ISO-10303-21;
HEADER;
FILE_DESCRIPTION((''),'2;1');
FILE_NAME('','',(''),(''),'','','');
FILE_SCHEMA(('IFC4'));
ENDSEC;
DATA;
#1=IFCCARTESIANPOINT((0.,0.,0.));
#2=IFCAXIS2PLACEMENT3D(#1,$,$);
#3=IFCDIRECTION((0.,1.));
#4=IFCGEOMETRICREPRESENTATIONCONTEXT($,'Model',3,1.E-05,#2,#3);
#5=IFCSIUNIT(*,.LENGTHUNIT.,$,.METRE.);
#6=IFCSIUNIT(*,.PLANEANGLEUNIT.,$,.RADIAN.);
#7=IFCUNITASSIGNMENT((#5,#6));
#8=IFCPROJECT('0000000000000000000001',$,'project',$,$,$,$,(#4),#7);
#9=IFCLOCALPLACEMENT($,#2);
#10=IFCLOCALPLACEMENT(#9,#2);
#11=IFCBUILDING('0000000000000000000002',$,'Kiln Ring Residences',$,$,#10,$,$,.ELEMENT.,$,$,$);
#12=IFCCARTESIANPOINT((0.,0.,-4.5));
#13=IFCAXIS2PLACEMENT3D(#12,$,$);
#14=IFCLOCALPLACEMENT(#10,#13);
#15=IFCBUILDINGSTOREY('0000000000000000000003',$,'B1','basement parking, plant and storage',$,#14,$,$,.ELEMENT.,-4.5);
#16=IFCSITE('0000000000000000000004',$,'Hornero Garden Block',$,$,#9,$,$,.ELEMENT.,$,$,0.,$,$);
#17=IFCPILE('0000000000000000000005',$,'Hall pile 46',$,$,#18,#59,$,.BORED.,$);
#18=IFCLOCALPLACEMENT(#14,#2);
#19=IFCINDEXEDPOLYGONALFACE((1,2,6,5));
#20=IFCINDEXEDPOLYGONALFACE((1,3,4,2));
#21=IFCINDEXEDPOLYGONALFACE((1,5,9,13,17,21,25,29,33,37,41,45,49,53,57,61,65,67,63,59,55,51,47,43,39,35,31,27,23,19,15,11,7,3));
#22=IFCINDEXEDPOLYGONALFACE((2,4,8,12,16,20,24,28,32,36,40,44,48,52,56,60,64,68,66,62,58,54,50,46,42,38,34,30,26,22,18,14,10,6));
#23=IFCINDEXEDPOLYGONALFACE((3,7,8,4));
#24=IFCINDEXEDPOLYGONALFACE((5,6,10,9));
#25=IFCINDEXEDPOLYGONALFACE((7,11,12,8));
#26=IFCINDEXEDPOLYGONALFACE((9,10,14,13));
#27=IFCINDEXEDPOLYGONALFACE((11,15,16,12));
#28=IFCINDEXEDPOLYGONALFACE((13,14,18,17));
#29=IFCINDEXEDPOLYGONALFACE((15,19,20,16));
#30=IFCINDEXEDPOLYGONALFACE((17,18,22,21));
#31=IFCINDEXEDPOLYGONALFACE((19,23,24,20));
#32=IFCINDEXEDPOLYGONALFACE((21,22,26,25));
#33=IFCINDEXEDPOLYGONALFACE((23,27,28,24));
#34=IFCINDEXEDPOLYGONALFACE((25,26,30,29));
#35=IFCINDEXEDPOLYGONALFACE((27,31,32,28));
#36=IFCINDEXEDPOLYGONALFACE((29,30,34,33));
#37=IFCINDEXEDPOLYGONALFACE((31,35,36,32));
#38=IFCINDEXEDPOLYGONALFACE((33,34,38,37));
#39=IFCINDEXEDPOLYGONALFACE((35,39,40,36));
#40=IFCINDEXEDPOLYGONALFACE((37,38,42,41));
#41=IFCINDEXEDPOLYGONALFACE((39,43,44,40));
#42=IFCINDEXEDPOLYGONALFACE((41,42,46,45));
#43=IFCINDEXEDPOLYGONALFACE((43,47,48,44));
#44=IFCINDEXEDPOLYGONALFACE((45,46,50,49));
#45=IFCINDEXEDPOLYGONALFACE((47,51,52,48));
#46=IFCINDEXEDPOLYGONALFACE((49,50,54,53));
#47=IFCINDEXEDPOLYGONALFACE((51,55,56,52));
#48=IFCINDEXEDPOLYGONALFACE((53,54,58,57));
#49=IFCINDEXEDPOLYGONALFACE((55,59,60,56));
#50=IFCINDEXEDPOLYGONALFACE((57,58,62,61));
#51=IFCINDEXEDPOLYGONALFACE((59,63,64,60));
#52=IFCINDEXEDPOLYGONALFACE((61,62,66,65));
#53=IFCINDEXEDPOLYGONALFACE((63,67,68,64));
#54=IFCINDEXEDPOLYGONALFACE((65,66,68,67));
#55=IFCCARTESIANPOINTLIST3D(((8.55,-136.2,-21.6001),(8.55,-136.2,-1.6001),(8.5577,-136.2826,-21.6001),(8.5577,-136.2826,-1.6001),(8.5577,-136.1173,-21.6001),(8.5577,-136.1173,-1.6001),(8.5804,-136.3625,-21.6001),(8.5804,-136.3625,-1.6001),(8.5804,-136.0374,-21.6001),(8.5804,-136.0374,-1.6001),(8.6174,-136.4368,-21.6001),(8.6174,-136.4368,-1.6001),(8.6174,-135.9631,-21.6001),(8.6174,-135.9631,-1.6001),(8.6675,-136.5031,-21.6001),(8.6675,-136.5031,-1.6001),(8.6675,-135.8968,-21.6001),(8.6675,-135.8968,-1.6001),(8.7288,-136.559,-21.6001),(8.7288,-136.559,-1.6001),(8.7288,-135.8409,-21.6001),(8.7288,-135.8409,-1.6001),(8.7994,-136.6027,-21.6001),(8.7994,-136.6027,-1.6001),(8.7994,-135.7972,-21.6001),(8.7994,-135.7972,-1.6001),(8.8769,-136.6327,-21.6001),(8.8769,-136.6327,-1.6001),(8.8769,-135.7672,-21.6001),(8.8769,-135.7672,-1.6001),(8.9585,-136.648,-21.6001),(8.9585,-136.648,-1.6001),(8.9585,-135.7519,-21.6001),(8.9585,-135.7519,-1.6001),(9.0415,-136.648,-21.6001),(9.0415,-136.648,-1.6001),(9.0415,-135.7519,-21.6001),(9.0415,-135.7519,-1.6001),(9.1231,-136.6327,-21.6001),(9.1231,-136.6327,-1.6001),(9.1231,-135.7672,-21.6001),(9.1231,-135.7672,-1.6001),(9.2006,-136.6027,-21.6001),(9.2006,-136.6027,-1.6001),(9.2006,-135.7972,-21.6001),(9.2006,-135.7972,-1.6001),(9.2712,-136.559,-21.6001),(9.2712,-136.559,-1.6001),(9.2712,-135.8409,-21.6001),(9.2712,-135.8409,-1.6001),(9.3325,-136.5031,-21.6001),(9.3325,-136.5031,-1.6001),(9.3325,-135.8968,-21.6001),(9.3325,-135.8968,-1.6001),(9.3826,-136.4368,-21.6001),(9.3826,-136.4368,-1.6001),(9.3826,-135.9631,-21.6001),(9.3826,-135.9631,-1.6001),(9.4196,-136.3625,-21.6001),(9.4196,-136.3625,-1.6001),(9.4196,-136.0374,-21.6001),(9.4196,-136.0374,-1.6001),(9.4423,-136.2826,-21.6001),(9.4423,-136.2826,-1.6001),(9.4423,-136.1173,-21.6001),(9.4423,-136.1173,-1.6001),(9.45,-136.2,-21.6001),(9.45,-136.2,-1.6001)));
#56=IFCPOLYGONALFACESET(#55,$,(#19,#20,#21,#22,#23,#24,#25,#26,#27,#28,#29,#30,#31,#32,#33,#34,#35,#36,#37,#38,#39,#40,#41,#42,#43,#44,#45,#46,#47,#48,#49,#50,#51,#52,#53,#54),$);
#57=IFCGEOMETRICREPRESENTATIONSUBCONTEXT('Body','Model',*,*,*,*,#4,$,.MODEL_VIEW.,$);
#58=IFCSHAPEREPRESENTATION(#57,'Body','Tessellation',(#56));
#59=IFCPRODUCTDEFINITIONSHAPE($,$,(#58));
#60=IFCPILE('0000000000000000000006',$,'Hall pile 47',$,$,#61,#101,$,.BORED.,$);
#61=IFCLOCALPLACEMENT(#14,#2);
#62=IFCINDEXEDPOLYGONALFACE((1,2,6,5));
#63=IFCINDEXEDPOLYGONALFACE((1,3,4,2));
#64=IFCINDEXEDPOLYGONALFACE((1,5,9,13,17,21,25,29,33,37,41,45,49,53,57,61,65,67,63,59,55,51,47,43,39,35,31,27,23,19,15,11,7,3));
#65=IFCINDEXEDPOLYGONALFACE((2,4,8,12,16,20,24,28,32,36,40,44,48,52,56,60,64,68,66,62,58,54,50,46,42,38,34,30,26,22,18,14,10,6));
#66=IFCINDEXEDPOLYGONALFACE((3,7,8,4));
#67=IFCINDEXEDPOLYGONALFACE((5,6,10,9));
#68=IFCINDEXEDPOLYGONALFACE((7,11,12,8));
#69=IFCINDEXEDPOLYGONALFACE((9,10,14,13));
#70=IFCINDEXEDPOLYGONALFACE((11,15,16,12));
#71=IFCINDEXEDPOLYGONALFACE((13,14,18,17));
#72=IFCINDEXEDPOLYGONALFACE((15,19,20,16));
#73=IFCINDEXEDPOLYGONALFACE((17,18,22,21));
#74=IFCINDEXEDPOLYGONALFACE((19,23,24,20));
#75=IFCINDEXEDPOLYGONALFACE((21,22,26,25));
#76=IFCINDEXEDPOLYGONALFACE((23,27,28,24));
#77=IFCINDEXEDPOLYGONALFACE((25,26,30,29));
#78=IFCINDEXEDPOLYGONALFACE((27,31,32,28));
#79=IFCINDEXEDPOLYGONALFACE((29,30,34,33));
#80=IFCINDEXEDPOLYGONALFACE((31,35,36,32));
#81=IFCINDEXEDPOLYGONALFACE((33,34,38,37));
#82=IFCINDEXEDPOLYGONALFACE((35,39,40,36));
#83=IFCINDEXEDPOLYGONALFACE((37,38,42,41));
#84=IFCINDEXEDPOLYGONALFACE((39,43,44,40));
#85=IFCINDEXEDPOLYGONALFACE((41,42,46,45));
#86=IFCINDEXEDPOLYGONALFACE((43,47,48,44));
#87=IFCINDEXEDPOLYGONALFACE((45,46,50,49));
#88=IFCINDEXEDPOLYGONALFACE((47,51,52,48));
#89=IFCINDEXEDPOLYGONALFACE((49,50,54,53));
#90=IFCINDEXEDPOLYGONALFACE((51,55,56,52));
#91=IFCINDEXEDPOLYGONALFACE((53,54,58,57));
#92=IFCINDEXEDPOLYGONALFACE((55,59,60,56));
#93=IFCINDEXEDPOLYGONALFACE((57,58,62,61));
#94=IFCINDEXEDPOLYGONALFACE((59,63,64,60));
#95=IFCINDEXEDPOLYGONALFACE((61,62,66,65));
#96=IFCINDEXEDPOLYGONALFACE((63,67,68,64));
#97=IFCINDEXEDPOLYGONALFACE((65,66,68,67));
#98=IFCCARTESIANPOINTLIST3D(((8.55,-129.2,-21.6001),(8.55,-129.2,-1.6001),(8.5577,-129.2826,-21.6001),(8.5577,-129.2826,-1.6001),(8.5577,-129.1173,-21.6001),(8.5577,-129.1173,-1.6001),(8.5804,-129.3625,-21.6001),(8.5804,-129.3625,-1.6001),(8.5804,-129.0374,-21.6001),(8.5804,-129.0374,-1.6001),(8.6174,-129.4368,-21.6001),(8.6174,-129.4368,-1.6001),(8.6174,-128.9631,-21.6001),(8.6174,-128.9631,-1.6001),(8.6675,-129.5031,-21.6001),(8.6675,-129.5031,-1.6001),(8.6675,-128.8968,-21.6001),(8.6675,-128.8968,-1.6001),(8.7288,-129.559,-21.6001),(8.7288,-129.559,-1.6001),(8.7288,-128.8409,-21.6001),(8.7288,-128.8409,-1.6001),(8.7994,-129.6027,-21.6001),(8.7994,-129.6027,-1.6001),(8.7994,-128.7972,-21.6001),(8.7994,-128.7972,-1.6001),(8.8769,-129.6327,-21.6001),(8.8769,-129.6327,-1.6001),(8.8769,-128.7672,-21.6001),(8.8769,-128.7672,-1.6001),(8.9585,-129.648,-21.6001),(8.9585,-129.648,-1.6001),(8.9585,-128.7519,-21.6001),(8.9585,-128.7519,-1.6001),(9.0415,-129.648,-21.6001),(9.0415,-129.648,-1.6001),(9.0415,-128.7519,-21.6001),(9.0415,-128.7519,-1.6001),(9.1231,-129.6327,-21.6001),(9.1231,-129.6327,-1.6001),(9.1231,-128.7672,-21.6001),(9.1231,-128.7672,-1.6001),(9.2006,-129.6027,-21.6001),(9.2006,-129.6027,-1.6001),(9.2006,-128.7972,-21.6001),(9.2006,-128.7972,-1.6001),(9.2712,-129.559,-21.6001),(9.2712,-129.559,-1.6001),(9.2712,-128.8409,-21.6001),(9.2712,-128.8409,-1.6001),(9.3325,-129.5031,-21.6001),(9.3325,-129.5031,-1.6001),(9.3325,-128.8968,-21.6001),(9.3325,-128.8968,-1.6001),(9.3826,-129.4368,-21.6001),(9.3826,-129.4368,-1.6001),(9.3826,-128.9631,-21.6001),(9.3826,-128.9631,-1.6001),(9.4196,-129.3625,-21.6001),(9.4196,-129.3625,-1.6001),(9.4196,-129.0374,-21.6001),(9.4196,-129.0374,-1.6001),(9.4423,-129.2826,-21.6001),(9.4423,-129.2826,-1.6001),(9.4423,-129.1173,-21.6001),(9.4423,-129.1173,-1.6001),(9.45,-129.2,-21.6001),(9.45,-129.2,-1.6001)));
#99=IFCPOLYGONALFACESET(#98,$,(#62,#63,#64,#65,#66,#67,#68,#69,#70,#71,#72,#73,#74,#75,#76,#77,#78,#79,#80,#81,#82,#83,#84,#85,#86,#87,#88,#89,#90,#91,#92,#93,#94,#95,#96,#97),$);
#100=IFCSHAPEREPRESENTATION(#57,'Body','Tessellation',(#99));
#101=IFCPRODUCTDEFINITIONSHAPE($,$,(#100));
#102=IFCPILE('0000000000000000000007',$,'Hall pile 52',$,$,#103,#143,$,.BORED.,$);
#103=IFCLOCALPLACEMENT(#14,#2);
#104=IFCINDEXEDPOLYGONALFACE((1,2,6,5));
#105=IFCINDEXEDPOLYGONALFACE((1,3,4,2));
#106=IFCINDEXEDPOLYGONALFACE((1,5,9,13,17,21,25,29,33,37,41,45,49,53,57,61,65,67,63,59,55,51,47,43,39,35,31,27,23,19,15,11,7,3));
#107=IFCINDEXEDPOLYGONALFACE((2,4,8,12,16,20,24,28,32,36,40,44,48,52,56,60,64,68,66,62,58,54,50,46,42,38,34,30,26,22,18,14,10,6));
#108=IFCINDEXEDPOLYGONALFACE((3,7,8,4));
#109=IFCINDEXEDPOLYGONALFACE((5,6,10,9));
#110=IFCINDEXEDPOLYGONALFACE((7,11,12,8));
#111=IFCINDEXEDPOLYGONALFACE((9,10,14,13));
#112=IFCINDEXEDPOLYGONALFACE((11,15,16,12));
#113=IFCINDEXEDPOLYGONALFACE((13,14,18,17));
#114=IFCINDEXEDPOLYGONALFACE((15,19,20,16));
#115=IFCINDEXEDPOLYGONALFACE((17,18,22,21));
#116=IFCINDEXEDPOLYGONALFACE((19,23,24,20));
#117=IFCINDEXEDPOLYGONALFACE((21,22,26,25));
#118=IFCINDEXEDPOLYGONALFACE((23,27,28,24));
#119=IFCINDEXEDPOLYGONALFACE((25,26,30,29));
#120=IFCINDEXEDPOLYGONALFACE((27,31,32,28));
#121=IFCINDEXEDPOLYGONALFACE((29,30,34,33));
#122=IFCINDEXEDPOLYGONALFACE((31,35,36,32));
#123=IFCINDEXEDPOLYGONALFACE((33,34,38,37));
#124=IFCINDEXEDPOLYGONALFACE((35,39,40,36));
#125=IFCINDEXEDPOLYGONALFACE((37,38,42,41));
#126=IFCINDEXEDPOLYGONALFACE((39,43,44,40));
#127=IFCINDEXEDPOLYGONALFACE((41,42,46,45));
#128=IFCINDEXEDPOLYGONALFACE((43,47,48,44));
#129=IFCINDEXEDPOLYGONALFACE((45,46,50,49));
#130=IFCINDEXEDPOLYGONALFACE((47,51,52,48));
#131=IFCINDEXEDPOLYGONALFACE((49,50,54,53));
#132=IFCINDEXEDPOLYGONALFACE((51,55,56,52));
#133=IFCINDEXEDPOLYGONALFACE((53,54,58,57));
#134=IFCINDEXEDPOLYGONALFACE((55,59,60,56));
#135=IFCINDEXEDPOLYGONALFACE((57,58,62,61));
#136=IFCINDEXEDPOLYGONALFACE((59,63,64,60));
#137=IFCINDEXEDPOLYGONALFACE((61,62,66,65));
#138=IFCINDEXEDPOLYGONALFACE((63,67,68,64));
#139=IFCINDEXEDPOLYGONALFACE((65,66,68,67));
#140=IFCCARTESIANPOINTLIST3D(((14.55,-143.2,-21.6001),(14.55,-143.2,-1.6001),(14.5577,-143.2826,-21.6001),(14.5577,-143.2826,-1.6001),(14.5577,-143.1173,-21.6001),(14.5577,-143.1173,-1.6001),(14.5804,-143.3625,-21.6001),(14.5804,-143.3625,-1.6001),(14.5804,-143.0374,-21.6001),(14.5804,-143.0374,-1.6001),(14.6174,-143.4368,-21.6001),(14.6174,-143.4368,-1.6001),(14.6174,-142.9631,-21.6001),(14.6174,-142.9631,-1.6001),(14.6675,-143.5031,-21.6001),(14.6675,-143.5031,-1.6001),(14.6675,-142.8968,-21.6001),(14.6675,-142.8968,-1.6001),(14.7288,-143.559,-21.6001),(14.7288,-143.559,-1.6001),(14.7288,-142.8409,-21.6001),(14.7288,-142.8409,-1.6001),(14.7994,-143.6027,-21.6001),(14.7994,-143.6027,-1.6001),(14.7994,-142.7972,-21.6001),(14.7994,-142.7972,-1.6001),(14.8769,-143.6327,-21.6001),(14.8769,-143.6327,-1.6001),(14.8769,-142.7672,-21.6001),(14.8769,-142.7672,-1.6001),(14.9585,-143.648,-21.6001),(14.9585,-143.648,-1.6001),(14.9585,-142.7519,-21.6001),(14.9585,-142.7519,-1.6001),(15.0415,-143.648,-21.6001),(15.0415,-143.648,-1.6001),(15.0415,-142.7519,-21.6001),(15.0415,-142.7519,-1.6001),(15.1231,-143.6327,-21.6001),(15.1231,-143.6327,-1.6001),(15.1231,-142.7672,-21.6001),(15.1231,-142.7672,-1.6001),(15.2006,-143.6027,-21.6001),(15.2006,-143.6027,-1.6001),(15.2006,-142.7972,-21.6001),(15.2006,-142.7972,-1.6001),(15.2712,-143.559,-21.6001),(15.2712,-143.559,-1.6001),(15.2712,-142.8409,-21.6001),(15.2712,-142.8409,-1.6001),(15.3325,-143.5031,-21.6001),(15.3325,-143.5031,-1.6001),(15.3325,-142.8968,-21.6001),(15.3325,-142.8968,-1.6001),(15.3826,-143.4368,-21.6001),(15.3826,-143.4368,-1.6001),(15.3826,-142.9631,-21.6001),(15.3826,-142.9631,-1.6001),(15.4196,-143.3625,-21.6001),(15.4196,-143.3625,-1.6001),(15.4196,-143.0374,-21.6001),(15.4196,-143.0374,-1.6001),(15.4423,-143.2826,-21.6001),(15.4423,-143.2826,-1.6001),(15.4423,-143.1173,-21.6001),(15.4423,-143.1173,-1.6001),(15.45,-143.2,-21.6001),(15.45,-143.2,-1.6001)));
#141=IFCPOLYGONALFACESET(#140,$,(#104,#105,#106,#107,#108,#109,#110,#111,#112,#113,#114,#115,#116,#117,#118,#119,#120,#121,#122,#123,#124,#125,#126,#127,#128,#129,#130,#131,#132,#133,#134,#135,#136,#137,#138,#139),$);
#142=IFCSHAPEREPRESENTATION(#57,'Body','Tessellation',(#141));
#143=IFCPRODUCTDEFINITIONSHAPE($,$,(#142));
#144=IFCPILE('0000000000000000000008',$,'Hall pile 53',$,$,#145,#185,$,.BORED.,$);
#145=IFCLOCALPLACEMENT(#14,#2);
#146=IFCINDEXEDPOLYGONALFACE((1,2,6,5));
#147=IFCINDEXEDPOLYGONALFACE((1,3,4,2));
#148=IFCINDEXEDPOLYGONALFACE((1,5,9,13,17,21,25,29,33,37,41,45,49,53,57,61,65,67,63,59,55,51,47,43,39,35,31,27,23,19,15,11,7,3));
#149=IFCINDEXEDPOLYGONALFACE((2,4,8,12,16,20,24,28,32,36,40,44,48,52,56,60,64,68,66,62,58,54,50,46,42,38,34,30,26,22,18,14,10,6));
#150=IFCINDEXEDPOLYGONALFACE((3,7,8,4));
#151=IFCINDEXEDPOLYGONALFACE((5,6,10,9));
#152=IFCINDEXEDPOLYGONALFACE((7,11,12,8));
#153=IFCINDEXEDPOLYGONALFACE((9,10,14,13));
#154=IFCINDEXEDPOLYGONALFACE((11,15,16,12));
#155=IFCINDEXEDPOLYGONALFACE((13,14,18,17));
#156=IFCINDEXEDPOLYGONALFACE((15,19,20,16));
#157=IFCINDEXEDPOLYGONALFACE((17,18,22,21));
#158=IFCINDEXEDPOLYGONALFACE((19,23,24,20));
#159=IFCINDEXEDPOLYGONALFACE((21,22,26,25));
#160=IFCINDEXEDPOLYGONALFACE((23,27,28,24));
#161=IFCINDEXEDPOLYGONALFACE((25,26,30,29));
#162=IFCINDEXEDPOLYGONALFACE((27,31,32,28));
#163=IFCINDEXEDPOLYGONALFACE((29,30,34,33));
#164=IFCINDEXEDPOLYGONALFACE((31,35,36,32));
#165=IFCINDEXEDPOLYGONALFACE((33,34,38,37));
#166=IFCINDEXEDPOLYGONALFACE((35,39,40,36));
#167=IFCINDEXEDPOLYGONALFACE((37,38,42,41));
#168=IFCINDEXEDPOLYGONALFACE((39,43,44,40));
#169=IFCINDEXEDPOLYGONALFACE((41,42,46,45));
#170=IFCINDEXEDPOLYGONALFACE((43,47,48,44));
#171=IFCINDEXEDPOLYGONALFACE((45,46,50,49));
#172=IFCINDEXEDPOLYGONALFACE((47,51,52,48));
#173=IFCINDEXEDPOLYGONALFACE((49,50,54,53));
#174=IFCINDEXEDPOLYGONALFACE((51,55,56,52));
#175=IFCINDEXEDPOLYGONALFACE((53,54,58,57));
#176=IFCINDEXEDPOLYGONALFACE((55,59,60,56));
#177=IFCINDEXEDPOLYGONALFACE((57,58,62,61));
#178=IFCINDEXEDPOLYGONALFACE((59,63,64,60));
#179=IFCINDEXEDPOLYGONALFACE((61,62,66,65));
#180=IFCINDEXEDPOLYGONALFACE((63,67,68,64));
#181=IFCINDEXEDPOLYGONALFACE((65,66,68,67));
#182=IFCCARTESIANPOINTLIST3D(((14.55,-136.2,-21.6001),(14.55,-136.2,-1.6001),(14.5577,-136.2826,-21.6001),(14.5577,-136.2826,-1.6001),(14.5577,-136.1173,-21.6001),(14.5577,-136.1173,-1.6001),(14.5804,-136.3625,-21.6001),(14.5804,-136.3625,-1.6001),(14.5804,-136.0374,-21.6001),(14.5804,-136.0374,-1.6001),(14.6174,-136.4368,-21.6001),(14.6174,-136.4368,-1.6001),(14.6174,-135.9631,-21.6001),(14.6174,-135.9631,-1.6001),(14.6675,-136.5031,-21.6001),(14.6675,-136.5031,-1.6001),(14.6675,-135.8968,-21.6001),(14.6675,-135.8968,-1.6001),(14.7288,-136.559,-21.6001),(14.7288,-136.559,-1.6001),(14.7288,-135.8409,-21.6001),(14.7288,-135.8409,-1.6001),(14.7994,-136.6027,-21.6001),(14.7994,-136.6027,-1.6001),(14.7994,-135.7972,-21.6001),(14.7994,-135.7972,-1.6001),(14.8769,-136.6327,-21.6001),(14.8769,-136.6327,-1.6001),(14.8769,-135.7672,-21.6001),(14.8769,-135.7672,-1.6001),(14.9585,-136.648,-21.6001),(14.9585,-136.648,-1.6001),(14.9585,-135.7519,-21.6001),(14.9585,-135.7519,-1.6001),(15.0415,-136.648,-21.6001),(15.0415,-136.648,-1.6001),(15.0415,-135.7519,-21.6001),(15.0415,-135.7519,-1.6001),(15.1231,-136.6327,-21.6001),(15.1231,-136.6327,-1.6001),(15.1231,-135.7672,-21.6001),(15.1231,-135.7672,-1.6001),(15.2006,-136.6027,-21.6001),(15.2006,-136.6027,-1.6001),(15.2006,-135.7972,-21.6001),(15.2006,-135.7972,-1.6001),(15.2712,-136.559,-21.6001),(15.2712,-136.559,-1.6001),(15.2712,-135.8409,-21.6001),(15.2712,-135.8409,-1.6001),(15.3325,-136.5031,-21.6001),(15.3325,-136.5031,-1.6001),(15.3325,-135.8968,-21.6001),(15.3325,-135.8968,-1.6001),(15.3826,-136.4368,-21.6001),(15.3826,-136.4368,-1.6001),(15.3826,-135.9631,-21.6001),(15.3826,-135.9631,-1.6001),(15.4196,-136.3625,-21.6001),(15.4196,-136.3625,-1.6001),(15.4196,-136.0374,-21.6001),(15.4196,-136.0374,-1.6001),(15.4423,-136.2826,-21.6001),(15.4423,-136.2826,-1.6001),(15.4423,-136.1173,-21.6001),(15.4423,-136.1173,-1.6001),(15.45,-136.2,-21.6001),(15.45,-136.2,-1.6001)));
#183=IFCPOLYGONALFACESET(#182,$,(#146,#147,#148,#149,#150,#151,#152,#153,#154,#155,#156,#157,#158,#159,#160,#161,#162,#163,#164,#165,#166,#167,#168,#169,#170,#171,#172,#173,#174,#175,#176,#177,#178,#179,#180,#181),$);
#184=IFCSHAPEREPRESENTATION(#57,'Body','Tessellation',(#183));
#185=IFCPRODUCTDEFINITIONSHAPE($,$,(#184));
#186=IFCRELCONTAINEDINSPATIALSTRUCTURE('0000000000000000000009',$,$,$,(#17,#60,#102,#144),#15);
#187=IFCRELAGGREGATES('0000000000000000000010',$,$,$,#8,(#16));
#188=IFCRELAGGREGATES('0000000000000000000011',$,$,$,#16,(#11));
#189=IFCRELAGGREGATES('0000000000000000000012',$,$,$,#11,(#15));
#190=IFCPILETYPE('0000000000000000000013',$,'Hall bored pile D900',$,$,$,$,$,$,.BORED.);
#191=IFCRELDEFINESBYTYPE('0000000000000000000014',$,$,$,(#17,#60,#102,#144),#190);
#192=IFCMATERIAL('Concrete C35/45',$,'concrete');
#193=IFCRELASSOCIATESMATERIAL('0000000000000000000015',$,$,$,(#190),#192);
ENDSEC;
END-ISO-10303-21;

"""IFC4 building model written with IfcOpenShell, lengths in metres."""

from ifc_helpers import new_model, si_unit, direction, frame, origin, origin_2d, place, context, subcontext, project, spatial, circle, extrude, material, material_profile, profile_set, type_object, element, save


model = new_model("IFC4")

# Units and contexts
model_context = context("Model", 3, precision=1e-05, world=origin(), true_north=direction((0.0, 1.0)))
body_context = subcontext(model_context, "Body", "Model", "MODEL_VIEW")
ifc_project = project(units=[si_unit("LENGTHUNIT", "METRE"), si_unit("PLANEANGLEUNIT", "RADIAN")], contexts=[model_context])

# Site, building, storey
site_placement = place(None, origin())
site = spatial("IfcSite", under=ifc_project, at=site_placement, Name="Hornero Garden Block", CompositionType="ELEMENT", RefElevation=0.0)
building_placement = place(site_placement, origin())
building = spatial("IfcBuilding", under=site, at=building_placement, Name="Kiln Ring Residences", CompositionType="ELEMENT")
storey_placement = place(building_placement, frame((0.0, 0.0, -4.5)))
storey = spatial("IfcBuildingStorey", under=building, at=storey_placement, Name="B1", Description="basement parking, plant and storage", CompositionType="ELEMENT", Elevation=-4.5)

# Piles
ifc_material_1 = material(Name="Concrete C35/45", Category="concrete")
ifc_material_profile = material_profile(ifc_material_1, circle(Radius=0.45, at=origin_2d()), Name="Hall bored pile D900")
ifc_profile_set = profile_set([ifc_material_profile], Name="Concrete C35/45")
pile_type = type_object("IfcPileType", Name="Hall bored pile D900", PredefinedType="BORED", material=ifc_profile_set)
for number, where, z_axis, x_axis, name in (
    (1, (9.0, -136.2, -1.6001), (0.0, 0.0, -1.0), (1.0, 0.0, 0.0), "Hall pile 46"),
    (2, (9.0, -129.2, -1.6001), (0.0, 0.0, -1.0), (1.0, 0.0, 0.0), "Hall pile 47"),
    (3, (15.0, -143.2, -1.6001), (0.0, 0.0, -1.0), (1.0, 0.0, 0.0), "Hall pile 52"),
    (4, (15.0, -136.2, -1.6001), (0.0, 0.0, -1.0), (1.0, 0.0, 0.0), "Hall pile 53"),
):
    element("IfcPile", number, at=place(storey_placement, frame(where, z_axis=z_axis, x_axis=x_axis)), inside=storey, type_object=pile_type, Name=name, PredefinedType="BORED", context=body_context, shape_type="SweptSolid", body=[
        extrude(circle(Radius=0.45, at=origin_2d()), origin(), (0.0, 0.0, 1.0), 20.0),
    ])

save(model, "model.ifc")
